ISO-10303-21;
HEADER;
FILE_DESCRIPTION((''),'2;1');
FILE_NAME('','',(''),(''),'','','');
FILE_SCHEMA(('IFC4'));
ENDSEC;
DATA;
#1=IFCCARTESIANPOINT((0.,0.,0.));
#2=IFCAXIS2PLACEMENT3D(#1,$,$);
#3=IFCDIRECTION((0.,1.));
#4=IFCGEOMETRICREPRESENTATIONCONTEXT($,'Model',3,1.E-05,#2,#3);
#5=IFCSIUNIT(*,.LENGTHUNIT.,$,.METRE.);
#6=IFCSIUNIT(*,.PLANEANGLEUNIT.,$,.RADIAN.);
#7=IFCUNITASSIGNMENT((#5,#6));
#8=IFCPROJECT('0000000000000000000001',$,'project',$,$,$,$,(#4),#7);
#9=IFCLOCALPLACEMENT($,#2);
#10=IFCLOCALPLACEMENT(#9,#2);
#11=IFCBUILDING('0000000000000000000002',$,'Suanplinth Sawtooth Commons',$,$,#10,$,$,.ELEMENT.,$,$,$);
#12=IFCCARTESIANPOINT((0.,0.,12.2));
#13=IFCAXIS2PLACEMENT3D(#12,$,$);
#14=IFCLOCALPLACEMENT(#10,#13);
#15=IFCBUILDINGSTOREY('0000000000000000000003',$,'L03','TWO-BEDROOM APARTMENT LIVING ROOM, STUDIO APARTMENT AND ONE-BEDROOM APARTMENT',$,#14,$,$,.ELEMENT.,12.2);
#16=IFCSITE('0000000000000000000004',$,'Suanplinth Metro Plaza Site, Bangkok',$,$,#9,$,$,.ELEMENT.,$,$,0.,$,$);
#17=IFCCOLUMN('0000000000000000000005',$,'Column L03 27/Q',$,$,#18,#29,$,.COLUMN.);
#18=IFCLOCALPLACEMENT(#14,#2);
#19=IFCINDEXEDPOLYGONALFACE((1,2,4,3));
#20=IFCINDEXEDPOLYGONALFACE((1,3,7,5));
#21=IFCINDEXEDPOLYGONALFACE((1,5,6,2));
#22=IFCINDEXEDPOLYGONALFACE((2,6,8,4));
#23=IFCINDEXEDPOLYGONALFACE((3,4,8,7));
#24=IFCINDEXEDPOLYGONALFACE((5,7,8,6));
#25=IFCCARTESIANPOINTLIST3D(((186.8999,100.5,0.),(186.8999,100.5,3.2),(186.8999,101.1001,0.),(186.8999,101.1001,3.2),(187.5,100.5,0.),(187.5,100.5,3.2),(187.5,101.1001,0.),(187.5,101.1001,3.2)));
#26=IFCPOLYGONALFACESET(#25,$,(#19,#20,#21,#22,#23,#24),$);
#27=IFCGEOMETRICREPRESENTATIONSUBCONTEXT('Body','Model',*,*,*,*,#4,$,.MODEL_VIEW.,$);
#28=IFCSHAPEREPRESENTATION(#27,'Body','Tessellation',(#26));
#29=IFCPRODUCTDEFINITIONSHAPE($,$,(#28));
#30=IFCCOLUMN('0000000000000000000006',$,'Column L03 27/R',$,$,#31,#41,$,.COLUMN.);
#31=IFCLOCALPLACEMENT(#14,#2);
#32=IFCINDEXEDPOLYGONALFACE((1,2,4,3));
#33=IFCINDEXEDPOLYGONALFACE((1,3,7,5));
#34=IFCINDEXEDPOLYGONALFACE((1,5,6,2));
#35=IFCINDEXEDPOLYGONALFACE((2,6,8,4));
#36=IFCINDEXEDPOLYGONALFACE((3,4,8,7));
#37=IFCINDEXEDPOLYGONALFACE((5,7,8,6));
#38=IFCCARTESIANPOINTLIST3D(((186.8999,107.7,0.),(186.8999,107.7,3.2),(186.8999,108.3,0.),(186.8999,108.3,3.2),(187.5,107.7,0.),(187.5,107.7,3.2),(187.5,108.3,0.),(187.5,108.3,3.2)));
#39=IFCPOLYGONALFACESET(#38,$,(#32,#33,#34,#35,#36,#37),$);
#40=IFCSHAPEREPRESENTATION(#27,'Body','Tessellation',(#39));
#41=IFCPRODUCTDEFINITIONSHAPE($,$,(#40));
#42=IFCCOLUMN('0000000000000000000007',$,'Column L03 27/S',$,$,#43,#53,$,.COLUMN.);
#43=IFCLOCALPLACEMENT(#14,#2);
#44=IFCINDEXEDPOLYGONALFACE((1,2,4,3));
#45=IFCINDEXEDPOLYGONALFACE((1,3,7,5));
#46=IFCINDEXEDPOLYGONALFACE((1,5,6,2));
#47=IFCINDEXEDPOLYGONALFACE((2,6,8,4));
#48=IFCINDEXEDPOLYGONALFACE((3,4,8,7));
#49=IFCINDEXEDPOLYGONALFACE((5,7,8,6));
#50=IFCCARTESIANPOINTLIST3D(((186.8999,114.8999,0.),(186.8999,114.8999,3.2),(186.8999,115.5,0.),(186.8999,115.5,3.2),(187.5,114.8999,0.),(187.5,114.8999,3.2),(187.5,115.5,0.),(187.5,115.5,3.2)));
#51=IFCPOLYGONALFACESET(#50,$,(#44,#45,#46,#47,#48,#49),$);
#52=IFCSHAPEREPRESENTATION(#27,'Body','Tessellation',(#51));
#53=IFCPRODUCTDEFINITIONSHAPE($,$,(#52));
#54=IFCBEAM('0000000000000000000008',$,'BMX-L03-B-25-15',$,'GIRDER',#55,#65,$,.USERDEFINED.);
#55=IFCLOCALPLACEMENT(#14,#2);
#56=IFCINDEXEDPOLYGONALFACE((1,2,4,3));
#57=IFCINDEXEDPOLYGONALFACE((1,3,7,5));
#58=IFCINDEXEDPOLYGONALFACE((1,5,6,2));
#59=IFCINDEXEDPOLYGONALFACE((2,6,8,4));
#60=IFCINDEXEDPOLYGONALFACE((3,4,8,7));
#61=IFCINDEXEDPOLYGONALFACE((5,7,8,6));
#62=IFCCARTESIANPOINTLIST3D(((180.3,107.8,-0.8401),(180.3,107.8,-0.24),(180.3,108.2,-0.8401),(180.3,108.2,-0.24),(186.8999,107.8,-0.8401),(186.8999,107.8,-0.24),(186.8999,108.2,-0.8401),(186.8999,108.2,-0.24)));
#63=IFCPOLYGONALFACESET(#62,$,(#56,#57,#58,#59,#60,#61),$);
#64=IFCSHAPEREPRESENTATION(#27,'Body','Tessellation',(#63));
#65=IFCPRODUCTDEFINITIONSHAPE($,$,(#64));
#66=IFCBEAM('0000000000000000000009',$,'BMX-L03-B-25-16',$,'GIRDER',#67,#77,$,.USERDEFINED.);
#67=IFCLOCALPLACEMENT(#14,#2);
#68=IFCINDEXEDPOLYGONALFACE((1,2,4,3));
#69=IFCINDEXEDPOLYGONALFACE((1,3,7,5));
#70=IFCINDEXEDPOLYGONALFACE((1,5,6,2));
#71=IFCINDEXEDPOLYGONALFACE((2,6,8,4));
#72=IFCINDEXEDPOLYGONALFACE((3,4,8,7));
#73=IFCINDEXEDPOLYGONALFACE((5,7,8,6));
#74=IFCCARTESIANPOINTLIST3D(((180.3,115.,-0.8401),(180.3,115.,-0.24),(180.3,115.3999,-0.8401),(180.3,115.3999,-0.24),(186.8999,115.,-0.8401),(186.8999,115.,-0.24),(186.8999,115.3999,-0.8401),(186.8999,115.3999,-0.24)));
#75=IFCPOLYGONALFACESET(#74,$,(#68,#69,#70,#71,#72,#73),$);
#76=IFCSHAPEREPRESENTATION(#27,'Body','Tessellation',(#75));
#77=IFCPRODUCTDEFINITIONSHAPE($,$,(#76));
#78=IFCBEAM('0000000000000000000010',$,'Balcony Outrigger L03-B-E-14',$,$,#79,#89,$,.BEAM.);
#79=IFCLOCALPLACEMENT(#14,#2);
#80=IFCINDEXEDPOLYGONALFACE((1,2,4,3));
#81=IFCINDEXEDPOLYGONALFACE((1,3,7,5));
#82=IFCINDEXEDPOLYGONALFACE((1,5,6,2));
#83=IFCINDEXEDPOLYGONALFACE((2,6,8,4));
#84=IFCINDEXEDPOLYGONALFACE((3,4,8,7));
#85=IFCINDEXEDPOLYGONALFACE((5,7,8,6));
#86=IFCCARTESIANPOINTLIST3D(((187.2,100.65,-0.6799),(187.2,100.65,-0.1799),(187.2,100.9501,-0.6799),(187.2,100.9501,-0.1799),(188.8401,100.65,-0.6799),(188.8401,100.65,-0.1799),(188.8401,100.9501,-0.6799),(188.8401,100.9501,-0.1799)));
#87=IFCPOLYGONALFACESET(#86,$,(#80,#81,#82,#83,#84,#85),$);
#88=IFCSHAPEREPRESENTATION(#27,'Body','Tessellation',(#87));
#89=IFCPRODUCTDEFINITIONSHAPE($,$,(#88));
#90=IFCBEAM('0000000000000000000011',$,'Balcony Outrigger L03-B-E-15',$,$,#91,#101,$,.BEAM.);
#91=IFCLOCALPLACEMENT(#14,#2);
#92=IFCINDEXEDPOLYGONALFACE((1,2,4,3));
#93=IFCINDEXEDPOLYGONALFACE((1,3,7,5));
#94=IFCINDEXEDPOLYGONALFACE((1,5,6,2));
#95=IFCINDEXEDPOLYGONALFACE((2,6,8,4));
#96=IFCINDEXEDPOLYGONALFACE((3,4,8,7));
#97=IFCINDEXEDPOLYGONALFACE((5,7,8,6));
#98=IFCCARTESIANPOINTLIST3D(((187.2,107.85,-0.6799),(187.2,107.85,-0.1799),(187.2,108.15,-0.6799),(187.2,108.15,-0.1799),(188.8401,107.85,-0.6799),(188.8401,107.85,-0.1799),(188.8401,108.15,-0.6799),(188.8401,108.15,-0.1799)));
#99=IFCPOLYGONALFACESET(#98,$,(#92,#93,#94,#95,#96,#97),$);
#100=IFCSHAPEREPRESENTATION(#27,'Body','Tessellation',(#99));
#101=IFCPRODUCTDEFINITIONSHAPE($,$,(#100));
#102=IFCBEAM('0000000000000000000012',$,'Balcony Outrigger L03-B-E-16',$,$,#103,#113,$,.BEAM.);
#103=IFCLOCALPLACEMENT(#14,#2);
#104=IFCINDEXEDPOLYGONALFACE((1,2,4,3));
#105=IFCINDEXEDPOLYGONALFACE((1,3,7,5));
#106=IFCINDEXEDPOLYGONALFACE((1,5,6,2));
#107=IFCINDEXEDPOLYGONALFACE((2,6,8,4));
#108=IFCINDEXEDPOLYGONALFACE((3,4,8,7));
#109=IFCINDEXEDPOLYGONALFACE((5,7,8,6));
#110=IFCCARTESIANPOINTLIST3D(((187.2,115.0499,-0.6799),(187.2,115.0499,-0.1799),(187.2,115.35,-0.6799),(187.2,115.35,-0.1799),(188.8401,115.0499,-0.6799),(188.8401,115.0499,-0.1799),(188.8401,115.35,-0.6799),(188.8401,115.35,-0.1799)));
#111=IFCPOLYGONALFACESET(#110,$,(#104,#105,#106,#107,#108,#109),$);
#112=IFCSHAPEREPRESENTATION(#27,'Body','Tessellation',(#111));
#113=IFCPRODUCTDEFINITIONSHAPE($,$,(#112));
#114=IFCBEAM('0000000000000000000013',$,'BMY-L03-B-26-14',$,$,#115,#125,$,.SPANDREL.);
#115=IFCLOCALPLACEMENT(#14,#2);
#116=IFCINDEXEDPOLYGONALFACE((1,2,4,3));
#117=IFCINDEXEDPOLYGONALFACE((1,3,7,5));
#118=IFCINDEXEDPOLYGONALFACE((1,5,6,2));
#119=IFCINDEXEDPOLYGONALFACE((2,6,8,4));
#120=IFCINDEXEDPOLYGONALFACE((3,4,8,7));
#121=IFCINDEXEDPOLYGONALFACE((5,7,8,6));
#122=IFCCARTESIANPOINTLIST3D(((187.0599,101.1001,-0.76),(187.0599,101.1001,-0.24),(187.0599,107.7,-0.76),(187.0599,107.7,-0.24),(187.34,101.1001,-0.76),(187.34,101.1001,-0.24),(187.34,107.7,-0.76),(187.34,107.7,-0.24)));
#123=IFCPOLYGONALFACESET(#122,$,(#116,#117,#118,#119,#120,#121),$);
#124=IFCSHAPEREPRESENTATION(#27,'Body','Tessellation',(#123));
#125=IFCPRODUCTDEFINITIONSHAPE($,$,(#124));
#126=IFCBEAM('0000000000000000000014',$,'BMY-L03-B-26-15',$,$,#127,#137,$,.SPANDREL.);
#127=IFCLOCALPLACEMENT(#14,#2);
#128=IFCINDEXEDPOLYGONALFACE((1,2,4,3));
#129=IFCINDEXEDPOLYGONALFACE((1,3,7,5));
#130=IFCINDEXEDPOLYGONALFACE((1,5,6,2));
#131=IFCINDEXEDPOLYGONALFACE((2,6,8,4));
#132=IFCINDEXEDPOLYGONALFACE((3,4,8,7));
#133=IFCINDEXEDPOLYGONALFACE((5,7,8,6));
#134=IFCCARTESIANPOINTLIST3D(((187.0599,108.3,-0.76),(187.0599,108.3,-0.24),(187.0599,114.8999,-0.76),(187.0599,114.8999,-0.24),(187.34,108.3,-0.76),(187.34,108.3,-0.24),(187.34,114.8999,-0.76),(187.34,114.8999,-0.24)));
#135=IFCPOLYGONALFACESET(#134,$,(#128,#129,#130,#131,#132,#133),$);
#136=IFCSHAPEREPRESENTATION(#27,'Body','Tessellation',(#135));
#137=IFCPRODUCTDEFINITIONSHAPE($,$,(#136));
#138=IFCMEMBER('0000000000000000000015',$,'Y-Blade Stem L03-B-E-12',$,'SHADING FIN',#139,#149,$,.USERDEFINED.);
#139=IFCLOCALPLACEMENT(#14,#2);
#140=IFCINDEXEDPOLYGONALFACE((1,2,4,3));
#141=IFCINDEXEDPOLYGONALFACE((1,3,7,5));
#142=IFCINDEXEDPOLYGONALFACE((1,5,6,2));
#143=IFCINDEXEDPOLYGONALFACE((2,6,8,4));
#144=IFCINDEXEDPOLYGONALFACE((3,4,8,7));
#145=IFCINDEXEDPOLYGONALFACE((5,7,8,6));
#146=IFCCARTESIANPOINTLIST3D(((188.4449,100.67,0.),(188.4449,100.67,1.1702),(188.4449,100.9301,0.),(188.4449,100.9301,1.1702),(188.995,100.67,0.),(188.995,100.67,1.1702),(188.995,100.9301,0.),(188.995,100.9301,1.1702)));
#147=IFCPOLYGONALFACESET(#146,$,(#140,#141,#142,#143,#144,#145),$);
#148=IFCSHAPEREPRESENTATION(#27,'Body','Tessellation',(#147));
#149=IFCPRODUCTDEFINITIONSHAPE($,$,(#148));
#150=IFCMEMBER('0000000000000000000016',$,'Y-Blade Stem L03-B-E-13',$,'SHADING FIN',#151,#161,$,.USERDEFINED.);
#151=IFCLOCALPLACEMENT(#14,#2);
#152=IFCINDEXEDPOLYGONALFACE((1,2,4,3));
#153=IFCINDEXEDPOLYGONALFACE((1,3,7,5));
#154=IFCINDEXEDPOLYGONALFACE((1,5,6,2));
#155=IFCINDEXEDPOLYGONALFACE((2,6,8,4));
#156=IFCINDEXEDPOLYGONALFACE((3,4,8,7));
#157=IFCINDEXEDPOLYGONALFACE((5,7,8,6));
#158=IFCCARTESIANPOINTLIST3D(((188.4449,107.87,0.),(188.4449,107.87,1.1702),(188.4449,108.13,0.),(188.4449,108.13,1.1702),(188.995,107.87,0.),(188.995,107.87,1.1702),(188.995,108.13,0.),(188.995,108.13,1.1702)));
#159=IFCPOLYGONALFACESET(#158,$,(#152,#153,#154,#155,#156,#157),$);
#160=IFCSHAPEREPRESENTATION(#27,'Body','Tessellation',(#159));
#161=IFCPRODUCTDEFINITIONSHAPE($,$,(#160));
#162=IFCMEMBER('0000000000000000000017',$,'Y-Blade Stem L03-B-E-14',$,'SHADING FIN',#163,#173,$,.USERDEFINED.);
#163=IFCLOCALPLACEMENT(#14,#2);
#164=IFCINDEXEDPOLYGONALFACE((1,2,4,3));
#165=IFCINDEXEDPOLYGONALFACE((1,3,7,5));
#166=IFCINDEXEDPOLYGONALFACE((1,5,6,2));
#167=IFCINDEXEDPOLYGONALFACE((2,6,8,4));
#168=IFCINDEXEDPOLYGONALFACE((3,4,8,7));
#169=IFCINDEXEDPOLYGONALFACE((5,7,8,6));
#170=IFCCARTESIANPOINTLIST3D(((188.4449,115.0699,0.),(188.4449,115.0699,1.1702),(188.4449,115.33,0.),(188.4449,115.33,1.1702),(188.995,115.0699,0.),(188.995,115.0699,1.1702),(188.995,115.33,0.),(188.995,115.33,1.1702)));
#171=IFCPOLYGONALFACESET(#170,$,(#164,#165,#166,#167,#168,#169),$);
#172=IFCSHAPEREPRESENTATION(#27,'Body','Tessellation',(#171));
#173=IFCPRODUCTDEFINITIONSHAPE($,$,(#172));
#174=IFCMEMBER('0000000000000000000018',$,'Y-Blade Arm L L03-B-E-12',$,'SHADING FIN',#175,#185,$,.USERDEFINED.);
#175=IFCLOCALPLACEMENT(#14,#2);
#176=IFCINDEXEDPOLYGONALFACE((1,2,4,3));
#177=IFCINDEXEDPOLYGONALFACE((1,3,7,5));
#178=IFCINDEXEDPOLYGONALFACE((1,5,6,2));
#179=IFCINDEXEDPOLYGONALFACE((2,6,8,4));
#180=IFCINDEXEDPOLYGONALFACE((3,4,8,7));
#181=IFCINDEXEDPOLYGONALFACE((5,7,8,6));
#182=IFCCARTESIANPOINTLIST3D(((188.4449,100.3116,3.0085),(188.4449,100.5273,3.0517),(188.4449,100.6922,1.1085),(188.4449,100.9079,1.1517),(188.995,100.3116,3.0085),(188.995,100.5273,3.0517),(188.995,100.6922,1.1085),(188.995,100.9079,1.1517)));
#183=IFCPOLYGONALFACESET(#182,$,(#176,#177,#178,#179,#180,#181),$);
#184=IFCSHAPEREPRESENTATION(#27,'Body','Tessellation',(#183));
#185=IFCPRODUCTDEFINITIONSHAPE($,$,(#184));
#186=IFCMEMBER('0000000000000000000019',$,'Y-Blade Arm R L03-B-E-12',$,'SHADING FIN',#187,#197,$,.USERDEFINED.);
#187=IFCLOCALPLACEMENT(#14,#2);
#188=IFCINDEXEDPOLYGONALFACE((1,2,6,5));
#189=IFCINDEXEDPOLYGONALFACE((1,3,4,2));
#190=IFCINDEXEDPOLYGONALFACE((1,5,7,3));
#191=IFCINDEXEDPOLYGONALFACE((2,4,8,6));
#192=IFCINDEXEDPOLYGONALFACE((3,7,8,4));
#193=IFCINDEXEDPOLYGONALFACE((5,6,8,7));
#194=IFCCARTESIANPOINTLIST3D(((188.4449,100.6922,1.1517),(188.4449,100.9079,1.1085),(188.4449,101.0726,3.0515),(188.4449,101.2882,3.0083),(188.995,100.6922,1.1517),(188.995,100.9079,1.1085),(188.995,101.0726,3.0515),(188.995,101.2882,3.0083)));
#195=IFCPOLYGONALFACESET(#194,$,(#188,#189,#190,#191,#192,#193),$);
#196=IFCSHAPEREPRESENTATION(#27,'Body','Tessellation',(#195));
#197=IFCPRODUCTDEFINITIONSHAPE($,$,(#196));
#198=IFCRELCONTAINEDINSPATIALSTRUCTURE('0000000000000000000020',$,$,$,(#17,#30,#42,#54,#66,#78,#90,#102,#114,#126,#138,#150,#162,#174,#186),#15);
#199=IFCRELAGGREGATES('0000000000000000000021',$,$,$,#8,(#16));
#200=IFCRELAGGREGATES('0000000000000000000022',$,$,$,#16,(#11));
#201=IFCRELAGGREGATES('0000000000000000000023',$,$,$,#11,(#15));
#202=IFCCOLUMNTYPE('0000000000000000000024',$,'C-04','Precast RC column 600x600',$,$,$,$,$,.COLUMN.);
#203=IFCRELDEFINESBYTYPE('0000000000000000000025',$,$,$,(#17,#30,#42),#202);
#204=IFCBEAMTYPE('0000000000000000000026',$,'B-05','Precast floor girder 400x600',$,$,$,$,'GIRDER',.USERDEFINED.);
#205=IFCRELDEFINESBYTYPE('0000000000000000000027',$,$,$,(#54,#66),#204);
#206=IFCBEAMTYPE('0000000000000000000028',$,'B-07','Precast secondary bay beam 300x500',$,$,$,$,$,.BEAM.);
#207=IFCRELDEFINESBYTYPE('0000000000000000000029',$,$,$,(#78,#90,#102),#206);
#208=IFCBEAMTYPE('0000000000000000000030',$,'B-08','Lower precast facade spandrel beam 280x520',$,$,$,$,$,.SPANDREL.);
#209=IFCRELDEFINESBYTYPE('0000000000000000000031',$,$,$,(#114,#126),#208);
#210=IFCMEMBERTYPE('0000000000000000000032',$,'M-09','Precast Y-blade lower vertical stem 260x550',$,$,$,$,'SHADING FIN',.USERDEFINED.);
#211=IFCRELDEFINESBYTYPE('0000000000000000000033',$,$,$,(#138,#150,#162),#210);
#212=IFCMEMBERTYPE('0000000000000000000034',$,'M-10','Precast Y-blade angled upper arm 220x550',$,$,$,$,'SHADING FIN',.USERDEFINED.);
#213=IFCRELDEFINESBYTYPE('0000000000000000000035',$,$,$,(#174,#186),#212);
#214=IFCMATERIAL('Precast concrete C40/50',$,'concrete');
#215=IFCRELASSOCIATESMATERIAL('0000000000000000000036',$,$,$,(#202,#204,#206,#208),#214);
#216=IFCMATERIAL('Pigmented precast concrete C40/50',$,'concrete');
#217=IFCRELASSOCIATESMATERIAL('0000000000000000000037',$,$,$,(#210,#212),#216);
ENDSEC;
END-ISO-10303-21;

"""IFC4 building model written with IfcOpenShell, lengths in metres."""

from ifc_helpers import new_model, si_unit, direction, frame, origin, origin_2d, place, context, subcontext, project, spatial, rectangle, extrude, material, material_profile, profile_set, type_object, element, save


model = new_model("IFC4")

# Units and contexts
model_context = context("Model", 3, precision=1e-05, world=origin(), true_north=direction((0.0, 1.0)))
body_context = subcontext(model_context, "Body", "Model", "MODEL_VIEW")
ifc_project = project(units=[si_unit("LENGTHUNIT", "METRE"), si_unit("PLANEANGLEUNIT", "RADIAN")], contexts=[model_context])

# Site, building, storey
site_placement = place(None, origin())
site = spatial("IfcSite", under=ifc_project, at=site_placement, Name="Suanplinth Metro Plaza Site, Bangkok", CompositionType="ELEMENT", RefElevation=0.0)
building_placement = place(site_placement, origin())
building = spatial("IfcBuilding", under=site, at=building_placement, Name="Suanplinth Sawtooth Commons", CompositionType="ELEMENT")
storey_placement = place(building_placement, frame((0.0, 0.0, 12.2)))
storey = spatial("IfcBuildingStorey", under=building, at=storey_placement, Name="L03", Description="TWO-BEDROOM APARTMENT LIVING ROOM, STUDIO APARTMENT AND ONE-BEDROOM APARTMENT", CompositionType="ELEMENT", Elevation=12.2)

# Columns
ifc_material_1 = material(Name="Precast concrete C40/50", Category="concrete")
ifc_material_profile_1 = material_profile(ifc_material_1, rectangle(XDim=0.6001, YDim=0.6001, at=origin_2d()), Name="PC-COL 600x600")
ifc_profile_set_1 = profile_set([ifc_material_profile_1], Name="Precast concrete C40/50")
column_type = type_object("IfcColumnType", Name="C-04", Description="Precast RC column 600x600", PredefinedType="COLUMN", material=ifc_profile_set_1)
for number, where, z_axis, x_axis, name in (
    (1, (187.2, 100.8, 0.0), (0.0, 0.0, 1.0), (1.0, 0.0, 0.0), "Column L03 27/Q"),
    (2, (187.2, 108.0, 0.0), (0.0, 0.0, 1.0), (1.0, 0.0, 0.0), "Column L03 27/R"),
    (3, (187.2, 115.2, 0.0), (0.0, 0.0, 1.0), (1.0, 0.0, 0.0), "Column L03 27/S"),
):
    element("IfcColumn", number, at=place(storey_placement, frame(where, z_axis=z_axis, x_axis=x_axis)), inside=storey, type_object=column_type, Name=name, PredefinedType="COLUMN", context=body_context, shape_type="SweptSolid", body=[
        extrude(rectangle(XDim=0.6001, YDim=0.6001, at=origin_2d()), origin(), (0.0, 0.0, 1.0), 3.2),
    ])

# Beams
ifc_material_profile_2 = material_profile(ifc_material_1, rectangle(XDim=0.3999, YDim=0.6001, at=origin_2d()), Name="PC-GDR 400x600")
ifc_profile_set_2 = profile_set([ifc_material_profile_2], Name="Precast concrete C40/50")
beam_type_1 = type_object("IfcBeamType", Name="B-05", Description="Precast floor girder 400x600", ElementType="GIRDER", PredefinedType="USERDEFINED", material=ifc_profile_set_2)
for number, where, z_axis, x_axis, name in (
    (4, (180.3, 108.0, -0.54), (1.0, 0.0, 0.0), (0.0, 1.0, 0.0), "BMX-L03-B-25-15"),
    (5, (180.3, 115.2, -0.54), (1.0, 0.0, 0.0), (0.0, 1.0, 0.0), "BMX-L03-B-25-16"),
):
    element("IfcBeam", number, at=place(storey_placement, frame(where, z_axis=z_axis, x_axis=x_axis)), inside=storey, type_object=beam_type_1, Name=name, ObjectType="GIRDER", PredefinedType="USERDEFINED", context=body_context, shape_type="SweptSolid", body=[
        extrude(rectangle(XDim=0.3999, YDim=0.6001, at=origin_2d()), origin(), (0.0, 0.0, 1.0), 6.5999),
    ])
ifc_material_profile_3 = material_profile(ifc_material_1, rectangle(XDim=0.3, YDim=0.5, at=origin_2d()), Name="PC-BM 300x500")
ifc_profile_set_3 = profile_set([ifc_material_profile_3], Name="Precast concrete C40/50")
beam_type_2 = type_object("IfcBeamType", Name="B-07", Description="Precast secondary bay beam 300x500", PredefinedType="BEAM", material=ifc_profile_set_3)
for number, where, z_axis, x_axis, name in (
    (6, (187.2, 100.8, -0.4299), (1.0, 0.0, 0.0), (0.0, 1.0, 0.0), "Balcony Outrigger L03-B-E-14"),
    (7, (187.2, 108.0, -0.4299), (1.0, 0.0, 0.0), (0.0, 1.0, 0.0), "Balcony Outrigger L03-B-E-15"),
    (8, (187.2, 115.2, -0.4299), (1.0, 0.0, 0.0), (0.0, 1.0, 0.0), "Balcony Outrigger L03-B-E-16"),
):
    element("IfcBeam", number, at=place(storey_placement, frame(where, z_axis=z_axis, x_axis=x_axis)), inside=storey, type_object=beam_type_2, Name=name, PredefinedType="BEAM", context=body_context, shape_type="SweptSolid", body=[
        extrude(rectangle(XDim=0.3, YDim=0.5, at=origin_2d()), origin(), (0.0, 0.0, 1.0), 1.6401),
    ])
ifc_material_profile_4 = material_profile(ifc_material_1, rectangle(XDim=0.28, YDim=0.52, at=origin_2d()), Name="PC-SP 280x520")
ifc_profile_set_4 = profile_set([ifc_material_profile_4], Name="Precast concrete C40/50")
beam_type_3 = type_object("IfcBeamType", Name="B-08", Description="Lower precast facade spandrel beam 280x520", PredefinedType="SPANDREL", material=ifc_profile_set_4)
for number, where, z_axis, x_axis, name in (
    (9, (187.2, 101.1001, -0.5), (0.0, 1.0, 0.0), (-1.0, 0.0, 0.0), "BMY-L03-B-26-14"),
    (10, (187.2, 108.3, -0.5), (0.0, 1.0, 0.0), (-1.0, 0.0, 0.0), "BMY-L03-B-26-15"),
):
    element("IfcBeam", number, at=place(storey_placement, frame(where, z_axis=z_axis, x_axis=x_axis)), inside=storey, type_object=beam_type_3, Name=name, PredefinedType="SPANDREL", context=body_context, shape_type="SweptSolid", body=[
        extrude(rectangle(XDim=0.28, YDim=0.52, at=origin_2d()), origin(), (0.0, 0.0, 1.0), 6.5999),
    ])

# Members
ifc_material_2 = material(Name="Pigmented precast concrete C40/50", Category="concrete")
ifc_material_profile_5 = material_profile(ifc_material_2, rectangle(XDim=0.26, YDim=0.55, at=origin_2d()), Name="PC-FIN 260x550")
ifc_profile_set_5 = profile_set([ifc_material_profile_5], Name="Pigmented precast concrete C40/50")
member_type_1 = type_object("IfcMemberType", Name="M-09", Description="Precast Y-blade lower vertical stem 260x550", ElementType="SHADING FIN", PredefinedType="USERDEFINED", material=ifc_profile_set_5)
for number, where, z_axis, x_axis, name in (
    (11, (188.72, 100.8, 0.0), (0.0, 0.0, 1.0), (0.0, 1.0, 0.0), "Y-Blade Stem L03-B-E-12"),
    (12, (188.72, 108.0, 0.0), (0.0, 0.0, 1.0), (0.0, 1.0, 0.0), "Y-Blade Stem L03-B-E-13"),
    (13, (188.72, 115.2, 0.0), (0.0, 0.0, 1.0), (0.0, 1.0, 0.0), "Y-Blade Stem L03-B-E-14"),
):
    element("IfcMember", number, at=place(storey_placement, frame(where, z_axis=z_axis, x_axis=x_axis)), inside=storey, type_object=member_type_1, Name=name, ObjectType="SHADING FIN", PredefinedType="USERDEFINED", context=body_context, shape_type="SweptSolid", body=[
        extrude(rectangle(XDim=0.26, YDim=0.55, at=origin_2d()), origin(), (0.0, 0.0, 1.0), 1.1702),
    ])
ifc_material_profile_6 = material_profile(ifc_material_2, rectangle(XDim=0.22, YDim=0.55, at=origin_2d()), Name="PC-FIN 220x550")
ifc_profile_set_6 = profile_set([ifc_material_profile_6], Name="Pigmented precast concrete C40/50")
member_type_2 = type_object("IfcMemberType", Name="M-10", Description="Precast Y-blade angled upper arm 220x550", ElementType="SHADING FIN", PredefinedType="USERDEFINED", material=ifc_profile_set_6)
member_1_placement = place(storey_placement, frame((188.72, 100.8, 1.1301), z_axis=(0.0, -0.196431, 0.980518), x_axis=(0.0, 0.980518, 0.196431)))
element("IfcMember", 14, at=member_1_placement, inside=storey, type_object=member_type_2, Name="Y-Blade Arm L L03-B-E-12", ObjectType="SHADING FIN", PredefinedType="USERDEFINED", context=body_context, shape_type="SweptSolid", body=[
    extrude(rectangle(XDim=0.22, YDim=0.55, at=origin_2d()), origin(), (0.0, 0.0, 1.0), 1.9377),
])
member_2_placement = place(storey_placement, frame((188.72, 100.8, 1.1301), z_axis=(0.0, 0.19631, 0.980542), x_axis=(0.0, -0.980542, 0.19631)))
element("IfcMember", 15, at=member_2_placement, inside=storey, type_object=member_type_2, Name="Y-Blade Arm R L03-B-E-12", ObjectType="SHADING FIN", PredefinedType="USERDEFINED", context=body_context, shape_type="SweptSolid", body=[
    extrude(rectangle(XDim=0.22, YDim=0.55, at=origin_2d()), origin(), (0.0, 0.0, 1.0), 1.9375),
])

save(model, "model.ifc")
